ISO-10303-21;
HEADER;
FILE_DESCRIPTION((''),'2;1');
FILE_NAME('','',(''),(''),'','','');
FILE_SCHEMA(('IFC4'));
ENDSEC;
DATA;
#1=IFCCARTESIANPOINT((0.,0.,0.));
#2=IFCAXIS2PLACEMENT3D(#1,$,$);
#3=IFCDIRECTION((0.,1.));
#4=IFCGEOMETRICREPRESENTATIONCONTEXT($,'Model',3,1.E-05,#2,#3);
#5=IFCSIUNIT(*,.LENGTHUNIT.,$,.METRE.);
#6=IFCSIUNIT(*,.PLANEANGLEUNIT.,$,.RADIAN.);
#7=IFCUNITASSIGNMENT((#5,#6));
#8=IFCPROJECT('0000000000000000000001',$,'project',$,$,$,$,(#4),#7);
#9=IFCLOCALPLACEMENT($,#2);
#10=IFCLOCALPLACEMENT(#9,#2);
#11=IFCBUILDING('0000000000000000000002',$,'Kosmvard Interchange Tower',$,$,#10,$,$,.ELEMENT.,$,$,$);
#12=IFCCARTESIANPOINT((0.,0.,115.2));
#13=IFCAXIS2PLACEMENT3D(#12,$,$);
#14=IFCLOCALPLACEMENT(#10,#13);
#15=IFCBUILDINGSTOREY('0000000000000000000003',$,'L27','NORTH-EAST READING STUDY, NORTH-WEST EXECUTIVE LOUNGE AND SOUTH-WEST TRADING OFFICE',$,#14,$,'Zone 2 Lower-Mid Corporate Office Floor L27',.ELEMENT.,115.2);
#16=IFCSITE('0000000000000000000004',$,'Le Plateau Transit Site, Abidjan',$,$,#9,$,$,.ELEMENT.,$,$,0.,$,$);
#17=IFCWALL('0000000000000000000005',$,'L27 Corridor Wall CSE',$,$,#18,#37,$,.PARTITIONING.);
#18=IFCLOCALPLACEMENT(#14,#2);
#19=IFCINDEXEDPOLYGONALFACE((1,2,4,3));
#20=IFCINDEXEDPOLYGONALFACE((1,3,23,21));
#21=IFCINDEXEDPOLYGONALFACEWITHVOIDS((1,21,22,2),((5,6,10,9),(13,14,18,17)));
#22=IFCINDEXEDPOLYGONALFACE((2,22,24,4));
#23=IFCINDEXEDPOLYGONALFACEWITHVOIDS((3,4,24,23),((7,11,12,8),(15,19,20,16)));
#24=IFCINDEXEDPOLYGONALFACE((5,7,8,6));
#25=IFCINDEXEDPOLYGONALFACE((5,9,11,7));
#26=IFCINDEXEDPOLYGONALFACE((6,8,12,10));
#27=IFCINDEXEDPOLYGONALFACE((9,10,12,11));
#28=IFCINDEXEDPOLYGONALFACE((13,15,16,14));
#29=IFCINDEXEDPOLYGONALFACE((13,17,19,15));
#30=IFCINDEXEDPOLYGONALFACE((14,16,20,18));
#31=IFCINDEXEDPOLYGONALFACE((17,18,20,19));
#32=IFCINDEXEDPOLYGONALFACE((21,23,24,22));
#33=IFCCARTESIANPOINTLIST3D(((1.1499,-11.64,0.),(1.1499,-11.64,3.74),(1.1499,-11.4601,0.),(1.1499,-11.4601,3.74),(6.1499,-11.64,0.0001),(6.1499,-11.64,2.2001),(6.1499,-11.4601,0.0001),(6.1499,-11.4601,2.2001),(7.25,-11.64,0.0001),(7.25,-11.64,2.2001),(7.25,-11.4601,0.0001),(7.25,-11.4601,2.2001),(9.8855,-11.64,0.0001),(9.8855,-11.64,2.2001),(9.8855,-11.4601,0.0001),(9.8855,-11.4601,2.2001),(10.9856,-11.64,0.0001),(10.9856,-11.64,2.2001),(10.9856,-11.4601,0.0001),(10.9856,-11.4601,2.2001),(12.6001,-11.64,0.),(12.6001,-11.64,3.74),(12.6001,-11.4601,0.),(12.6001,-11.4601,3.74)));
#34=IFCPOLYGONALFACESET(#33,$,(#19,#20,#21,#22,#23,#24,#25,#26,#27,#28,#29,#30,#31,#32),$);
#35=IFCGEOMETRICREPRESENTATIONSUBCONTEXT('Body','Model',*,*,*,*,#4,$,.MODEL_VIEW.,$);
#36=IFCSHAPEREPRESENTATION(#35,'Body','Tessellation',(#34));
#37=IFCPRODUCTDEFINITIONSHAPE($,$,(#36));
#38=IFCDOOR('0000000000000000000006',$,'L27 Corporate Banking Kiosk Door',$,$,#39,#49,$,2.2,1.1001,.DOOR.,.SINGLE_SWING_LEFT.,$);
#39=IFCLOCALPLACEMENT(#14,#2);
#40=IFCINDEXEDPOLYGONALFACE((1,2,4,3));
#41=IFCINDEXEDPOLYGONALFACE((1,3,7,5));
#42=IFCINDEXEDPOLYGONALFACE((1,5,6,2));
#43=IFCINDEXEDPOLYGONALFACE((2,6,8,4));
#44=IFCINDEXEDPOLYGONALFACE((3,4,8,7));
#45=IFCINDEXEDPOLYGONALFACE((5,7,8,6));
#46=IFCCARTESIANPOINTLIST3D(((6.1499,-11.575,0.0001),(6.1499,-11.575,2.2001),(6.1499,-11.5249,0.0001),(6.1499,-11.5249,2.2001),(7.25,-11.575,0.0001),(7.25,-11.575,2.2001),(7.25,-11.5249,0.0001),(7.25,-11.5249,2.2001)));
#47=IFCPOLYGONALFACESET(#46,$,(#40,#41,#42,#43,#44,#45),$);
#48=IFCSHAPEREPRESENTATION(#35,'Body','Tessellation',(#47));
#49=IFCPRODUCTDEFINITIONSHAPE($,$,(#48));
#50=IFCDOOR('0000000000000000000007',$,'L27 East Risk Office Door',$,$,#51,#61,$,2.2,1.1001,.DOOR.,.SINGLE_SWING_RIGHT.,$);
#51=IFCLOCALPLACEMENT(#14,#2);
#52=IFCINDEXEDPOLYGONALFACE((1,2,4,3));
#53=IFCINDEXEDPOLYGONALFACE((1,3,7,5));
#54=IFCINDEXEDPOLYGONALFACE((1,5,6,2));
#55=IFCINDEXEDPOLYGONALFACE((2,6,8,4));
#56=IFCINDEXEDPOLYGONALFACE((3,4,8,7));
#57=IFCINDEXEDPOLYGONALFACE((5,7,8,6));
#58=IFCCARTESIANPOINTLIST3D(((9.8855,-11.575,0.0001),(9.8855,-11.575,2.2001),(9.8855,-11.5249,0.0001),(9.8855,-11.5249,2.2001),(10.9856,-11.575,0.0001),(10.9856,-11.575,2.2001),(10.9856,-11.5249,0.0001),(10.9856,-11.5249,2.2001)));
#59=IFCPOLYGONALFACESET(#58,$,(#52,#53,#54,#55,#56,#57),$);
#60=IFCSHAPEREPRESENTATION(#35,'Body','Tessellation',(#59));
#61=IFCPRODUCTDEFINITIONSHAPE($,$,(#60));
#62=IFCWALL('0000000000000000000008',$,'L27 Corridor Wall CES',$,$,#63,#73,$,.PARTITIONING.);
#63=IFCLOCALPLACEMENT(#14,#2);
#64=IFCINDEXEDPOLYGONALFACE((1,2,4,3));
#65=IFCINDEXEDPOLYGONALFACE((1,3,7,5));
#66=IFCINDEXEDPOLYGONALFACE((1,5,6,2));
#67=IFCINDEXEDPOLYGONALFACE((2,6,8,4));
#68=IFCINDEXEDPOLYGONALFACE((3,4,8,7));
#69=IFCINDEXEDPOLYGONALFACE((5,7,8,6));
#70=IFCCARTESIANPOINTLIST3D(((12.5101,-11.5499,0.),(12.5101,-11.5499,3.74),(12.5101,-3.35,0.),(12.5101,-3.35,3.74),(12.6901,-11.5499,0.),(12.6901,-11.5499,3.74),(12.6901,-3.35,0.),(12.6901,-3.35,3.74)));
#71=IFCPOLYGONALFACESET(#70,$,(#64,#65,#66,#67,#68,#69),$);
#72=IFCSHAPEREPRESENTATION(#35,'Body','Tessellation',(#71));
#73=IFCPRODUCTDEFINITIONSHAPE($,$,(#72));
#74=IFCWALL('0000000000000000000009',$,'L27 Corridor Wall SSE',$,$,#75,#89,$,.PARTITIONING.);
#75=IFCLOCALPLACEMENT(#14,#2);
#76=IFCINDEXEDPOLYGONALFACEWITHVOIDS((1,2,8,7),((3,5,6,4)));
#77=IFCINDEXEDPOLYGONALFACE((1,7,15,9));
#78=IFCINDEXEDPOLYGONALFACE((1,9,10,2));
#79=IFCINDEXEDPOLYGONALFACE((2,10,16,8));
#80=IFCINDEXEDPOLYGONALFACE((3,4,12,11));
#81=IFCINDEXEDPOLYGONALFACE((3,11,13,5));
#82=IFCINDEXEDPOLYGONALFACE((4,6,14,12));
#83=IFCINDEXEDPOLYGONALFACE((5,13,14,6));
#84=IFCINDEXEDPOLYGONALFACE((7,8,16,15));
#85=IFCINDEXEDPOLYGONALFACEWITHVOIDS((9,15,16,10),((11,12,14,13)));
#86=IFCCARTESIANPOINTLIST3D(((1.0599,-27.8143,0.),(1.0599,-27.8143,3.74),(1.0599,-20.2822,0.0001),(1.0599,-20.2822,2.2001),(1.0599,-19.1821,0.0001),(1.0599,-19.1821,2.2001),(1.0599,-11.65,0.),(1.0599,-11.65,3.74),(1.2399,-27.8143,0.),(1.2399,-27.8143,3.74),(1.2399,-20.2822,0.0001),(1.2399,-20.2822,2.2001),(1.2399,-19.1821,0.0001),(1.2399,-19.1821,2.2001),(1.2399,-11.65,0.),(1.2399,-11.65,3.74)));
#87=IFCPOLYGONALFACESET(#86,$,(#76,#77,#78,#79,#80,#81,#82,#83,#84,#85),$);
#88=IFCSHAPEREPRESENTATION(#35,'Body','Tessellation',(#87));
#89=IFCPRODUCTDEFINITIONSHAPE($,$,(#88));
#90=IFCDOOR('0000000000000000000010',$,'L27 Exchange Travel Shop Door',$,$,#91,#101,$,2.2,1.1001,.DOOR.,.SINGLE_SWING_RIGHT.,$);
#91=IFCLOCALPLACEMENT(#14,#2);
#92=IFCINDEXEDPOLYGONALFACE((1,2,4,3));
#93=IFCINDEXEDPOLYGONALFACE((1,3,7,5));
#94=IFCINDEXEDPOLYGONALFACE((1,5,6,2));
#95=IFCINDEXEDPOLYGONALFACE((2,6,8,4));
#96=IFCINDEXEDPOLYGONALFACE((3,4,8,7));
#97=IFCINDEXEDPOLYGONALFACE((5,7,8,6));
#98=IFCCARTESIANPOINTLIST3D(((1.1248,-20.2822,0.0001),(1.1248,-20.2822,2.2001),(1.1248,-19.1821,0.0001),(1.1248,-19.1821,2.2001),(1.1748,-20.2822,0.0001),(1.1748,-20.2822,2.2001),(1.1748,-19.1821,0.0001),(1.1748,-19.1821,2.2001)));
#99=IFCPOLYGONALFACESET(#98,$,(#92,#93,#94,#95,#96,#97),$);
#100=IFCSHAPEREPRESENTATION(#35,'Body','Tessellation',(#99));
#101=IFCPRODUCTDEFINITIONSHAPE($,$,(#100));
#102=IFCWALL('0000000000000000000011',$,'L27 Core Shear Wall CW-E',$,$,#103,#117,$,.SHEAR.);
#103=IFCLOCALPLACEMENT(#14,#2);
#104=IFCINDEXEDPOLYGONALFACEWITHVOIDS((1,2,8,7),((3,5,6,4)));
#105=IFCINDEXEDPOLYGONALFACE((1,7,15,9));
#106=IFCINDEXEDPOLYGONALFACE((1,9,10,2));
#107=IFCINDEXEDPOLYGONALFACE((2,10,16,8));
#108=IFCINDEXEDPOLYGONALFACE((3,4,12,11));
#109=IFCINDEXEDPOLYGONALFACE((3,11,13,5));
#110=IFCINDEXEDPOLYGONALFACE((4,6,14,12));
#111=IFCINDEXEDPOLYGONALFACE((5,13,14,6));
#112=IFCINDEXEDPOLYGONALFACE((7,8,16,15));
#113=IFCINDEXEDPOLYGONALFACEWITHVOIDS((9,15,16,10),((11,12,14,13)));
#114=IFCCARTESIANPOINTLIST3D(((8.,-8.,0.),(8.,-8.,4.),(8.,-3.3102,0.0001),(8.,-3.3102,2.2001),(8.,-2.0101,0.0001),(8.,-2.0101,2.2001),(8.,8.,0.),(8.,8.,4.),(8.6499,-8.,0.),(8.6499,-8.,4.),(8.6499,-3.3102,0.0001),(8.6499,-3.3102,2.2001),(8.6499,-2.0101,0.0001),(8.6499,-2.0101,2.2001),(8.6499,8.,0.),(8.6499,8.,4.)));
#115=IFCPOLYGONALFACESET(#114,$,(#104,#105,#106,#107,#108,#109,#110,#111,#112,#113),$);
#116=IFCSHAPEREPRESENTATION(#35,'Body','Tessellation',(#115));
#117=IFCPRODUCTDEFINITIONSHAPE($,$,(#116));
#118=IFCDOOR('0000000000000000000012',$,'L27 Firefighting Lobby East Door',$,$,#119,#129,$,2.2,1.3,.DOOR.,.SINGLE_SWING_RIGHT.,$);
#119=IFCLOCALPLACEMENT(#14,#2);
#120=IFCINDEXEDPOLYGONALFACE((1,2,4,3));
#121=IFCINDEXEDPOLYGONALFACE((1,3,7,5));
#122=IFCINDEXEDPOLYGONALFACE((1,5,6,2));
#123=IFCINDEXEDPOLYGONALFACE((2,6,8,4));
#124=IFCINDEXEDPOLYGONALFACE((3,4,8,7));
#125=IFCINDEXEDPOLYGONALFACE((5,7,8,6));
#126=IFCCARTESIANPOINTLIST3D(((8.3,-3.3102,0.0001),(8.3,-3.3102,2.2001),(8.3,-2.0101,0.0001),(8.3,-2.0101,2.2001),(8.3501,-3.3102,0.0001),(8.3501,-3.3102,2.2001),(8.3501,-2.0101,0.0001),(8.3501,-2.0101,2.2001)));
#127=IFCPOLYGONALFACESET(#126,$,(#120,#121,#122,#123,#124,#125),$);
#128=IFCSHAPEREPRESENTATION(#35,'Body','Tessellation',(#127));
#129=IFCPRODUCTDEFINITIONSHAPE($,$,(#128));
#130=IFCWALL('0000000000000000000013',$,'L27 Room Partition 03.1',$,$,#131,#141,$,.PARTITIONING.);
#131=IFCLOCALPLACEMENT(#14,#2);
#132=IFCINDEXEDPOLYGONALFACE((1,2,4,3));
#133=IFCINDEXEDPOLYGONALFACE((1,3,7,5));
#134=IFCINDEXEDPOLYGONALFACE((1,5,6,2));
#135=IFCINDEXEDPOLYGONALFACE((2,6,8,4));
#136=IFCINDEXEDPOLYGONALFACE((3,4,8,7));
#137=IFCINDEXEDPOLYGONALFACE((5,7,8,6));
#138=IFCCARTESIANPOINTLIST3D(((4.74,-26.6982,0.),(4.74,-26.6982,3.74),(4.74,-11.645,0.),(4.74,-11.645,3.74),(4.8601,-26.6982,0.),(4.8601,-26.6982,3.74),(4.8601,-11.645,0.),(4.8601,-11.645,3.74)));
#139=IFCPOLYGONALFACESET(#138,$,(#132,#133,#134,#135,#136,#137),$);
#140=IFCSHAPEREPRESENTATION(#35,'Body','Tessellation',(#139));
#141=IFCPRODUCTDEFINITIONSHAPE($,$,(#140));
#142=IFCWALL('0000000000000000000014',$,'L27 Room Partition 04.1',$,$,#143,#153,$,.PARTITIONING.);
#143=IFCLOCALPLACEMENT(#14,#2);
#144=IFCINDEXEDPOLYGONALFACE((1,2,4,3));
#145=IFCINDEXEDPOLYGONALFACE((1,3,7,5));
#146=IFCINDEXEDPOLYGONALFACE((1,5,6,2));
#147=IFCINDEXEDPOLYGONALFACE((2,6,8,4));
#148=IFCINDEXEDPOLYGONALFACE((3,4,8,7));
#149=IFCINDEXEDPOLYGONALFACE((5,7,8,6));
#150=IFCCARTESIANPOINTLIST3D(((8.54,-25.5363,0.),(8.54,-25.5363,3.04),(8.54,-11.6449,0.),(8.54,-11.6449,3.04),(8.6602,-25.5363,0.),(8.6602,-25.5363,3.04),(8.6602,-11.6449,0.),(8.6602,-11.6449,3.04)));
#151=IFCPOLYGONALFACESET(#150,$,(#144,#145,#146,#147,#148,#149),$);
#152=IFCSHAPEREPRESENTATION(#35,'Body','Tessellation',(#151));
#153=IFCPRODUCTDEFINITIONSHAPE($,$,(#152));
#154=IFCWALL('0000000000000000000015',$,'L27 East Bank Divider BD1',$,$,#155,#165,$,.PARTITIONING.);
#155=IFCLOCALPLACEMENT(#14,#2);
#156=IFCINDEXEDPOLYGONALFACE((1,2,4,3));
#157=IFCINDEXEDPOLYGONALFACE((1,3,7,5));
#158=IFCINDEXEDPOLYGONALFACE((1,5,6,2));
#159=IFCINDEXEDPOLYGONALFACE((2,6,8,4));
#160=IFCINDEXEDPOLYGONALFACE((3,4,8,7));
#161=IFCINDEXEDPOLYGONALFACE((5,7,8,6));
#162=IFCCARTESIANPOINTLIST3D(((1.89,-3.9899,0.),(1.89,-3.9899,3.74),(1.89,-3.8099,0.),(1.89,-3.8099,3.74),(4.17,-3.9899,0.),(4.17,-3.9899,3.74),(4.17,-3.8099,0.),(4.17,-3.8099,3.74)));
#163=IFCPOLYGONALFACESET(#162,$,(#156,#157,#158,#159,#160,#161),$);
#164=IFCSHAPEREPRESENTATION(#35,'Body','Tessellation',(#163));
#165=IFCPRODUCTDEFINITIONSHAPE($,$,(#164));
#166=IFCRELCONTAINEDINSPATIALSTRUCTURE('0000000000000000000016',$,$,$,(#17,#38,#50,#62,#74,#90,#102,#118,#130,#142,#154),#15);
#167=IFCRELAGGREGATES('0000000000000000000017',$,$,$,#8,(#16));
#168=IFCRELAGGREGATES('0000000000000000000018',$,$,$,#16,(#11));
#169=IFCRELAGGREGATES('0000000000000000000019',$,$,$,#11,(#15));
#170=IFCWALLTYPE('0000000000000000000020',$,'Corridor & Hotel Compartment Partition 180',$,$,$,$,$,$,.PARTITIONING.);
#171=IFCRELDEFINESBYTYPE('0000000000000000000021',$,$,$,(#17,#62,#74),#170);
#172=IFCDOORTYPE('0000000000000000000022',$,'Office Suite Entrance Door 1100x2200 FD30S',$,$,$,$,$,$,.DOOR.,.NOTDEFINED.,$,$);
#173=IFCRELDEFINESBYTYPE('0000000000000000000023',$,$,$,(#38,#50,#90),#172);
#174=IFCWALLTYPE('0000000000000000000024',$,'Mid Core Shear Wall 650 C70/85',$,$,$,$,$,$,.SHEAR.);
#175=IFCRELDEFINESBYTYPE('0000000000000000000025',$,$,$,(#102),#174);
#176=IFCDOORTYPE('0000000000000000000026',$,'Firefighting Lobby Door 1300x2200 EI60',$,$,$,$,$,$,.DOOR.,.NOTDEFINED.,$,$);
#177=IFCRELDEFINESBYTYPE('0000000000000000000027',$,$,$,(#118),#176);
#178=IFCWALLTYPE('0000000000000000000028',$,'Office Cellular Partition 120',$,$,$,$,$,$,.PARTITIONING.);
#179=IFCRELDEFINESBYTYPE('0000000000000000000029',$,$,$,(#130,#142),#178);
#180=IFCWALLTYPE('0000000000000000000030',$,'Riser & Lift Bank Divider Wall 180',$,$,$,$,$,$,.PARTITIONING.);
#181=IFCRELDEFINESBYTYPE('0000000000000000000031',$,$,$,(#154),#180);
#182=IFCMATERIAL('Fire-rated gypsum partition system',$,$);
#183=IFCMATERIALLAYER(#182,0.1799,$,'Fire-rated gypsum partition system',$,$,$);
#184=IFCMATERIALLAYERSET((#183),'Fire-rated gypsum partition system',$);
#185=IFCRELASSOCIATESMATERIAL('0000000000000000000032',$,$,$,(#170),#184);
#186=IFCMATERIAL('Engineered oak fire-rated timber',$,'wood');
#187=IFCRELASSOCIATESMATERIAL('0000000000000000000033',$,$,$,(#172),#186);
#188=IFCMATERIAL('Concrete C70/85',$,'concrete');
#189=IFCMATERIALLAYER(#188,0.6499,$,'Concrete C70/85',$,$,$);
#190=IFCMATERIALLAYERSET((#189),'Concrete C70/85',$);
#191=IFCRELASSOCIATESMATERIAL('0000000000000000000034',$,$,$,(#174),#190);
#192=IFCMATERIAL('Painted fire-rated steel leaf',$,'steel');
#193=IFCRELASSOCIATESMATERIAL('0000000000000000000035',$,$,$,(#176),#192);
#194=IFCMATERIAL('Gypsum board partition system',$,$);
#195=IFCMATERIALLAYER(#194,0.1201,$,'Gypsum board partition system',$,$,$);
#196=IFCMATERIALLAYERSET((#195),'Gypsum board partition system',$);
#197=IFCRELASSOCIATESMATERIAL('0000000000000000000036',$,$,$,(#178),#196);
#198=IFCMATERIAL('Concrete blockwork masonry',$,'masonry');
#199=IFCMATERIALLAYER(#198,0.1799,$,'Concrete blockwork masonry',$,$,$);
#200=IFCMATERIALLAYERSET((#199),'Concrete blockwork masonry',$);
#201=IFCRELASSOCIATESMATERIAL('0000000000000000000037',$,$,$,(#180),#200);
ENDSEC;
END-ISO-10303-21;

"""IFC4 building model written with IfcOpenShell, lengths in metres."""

from ifc_helpers import new_model, si_unit, direction, frame, frame_2d, origin, place, context, subcontext, project, spatial, rectangle, extrude, source, transform, mapped, material, layer, layer_set, type_object, element, fill, save


model = new_model("IFC4")

# Units and contexts
model_context = context("Model", 3, precision=1e-05, world=origin(), true_north=direction((0.0, 1.0)))
body_context = subcontext(model_context, "Body", "Model", "MODEL_VIEW")
ifc_project = project(units=[si_unit("LENGTHUNIT", "METRE"), si_unit("PLANEANGLEUNIT", "RADIAN")], contexts=[model_context])

# Site, building, storey
site_placement = place(None, origin())
site = spatial("IfcSite", under=ifc_project, at=site_placement, Name="Le Plateau Transit Site, Abidjan", CompositionType="ELEMENT", RefElevation=0.0)
building_placement = place(site_placement, origin())
building = spatial("IfcBuilding", under=site, at=building_placement, Name="Kosmvard Interchange Tower", CompositionType="ELEMENT")
storey_placement = place(building_placement, frame((0.0, 0.0, 115.2)))
storey = spatial("IfcBuildingStorey", under=building, at=storey_placement, Name="L27", Description="NORTH-EAST READING STUDY, NORTH-WEST EXECUTIVE LOUNGE AND SOUTH-WEST TRADING OFFICE", LongName="Zone 2 Lower-Mid Corporate Office Floor L27", CompositionType="ELEMENT", Elevation=115.2)

# Wall, openings, doors
ifc_material_1 = material(Name="Fire-rated gypsum partition system")
ifc_layer_1 = layer(ifc_material_1, 0.1799, Name="Fire-rated gypsum partition system")
ifc_layer_set_1 = layer_set([ifc_layer_1], Name="Fire-rated gypsum partition system")
wall_type_1 = type_object("IfcWallType", Name="Corridor & Hotel Compartment Partition 180", PredefinedType="PARTITIONING", material=ifc_layer_set_1)
shared_shape_1 = source(origin(), body_context, "Body", "SweptSolid", [
    extrude(rectangle(XDim=1.1001, YDim=2.2, at=frame_2d((0.55, 1.1001))), frame((0.0, 0.0249, 0.0), z_axis=(0.0, -1.0, 0.0), x_axis=(1.0, 0.0, 0.0)), (0.0, 0.0, 1.0), 0.05),
])
wall_1_placement = place(storey_placement, frame((1.1499, -11.55, 0.0), z_axis=(0.0, 0.0, 1.0), x_axis=(1.0, 0.0, 0.0)))
wall_1 = element("IfcWall", 1, at=wall_1_placement, inside=storey, type_object=wall_type_1, Name="L27 Corridor Wall CSE", PredefinedType="PARTITIONING", context=body_context, shape_type="SweptSolid", body=[
    extrude(rectangle(XDim=11.4502, YDim=0.1799, at=frame_2d((5.7251, 0.0))), origin(), (0.0, 0.0, 1.0), 3.74),
])
opening_1_placement = place(wall_1_placement, frame((5.0, 0.0, 0.0)))
opening_1 = element("IfcOpeningElement", 2, at=opening_1_placement, cuts=wall_1, PredefinedType="OPENING", context=body_context, shape_type="SweptSolid", body=[
    extrude(rectangle(XDim=1.1001, YDim=2.2, at=frame_2d((0.55, 1.1001))), frame((0.0, 0.1001, 0.0), z_axis=(0.0, -1.0, 0.0), x_axis=(1.0, 0.0, 0.0)), (0.0, 0.0, 1.0), 0.2),
])
opening_2_placement = place(wall_1_placement, frame((8.7356, 0.0, 0.0)))
opening_2 = element("IfcOpeningElement", 3, at=opening_2_placement, cuts=wall_1, PredefinedType="OPENING", context=body_context, shape_type="SweptSolid", body=[
    extrude(rectangle(XDim=1.1001, YDim=2.2, at=frame_2d((0.55, 1.1001))), frame((0.0, 0.1001, 0.0), z_axis=(0.0, -1.0, 0.0), x_axis=(1.0, 0.0, 0.0)), (0.0, 0.0, 1.0), 0.2),
])
ifc_material_2 = material(Name="Engineered oak fire-rated timber", Category="wood")
door_type_1 = type_object("IfcDoorType", Name="Office Suite Entrance Door 1100x2200 FD30S", OperationType="NOTDEFINED", PredefinedType="DOOR", material=ifc_material_2)
door_1_placement = place(opening_1_placement, frame((1.1001, 0.0, 0.0), z_axis=(0.0, 0.0, 1.0), x_axis=(-1.0, 0.0, 0.0)))
door_1 = element("IfcDoor", 4, at=door_1_placement, inside=storey, type_object=door_type_1, Name="L27 Corporate Banking Kiosk Door", OperationType="SINGLE_SWING_LEFT", OverallHeight=2.2, OverallWidth=1.1001, PredefinedType="DOOR", context=body_context, shape_type="MappedRepresentation", body=[
    mapped(shared_shape_1, transform((0.0, 0.0, 0.0), scale=1.0)),
])
fill(opening_1, door_1)
door_2_placement = place(opening_2_placement, frame((1.1001, 0.0, 0.0), z_axis=(0.0, 0.0, 1.0), x_axis=(-1.0, 0.0, 0.0)))
door_2 = element("IfcDoor", 5, at=door_2_placement, inside=storey, type_object=door_type_1, Name="L27 East Risk Office Door", OperationType="SINGLE_SWING_RIGHT", OverallHeight=2.2, OverallWidth=1.1001, PredefinedType="DOOR", context=body_context, shape_type="MappedRepresentation", body=[
    mapped(shared_shape_1, transform((0.0, 0.0, 0.0), scale=1.0)),
])
fill(opening_2, door_2)

# Wall
wall_2_placement = place(storey_placement, frame((12.6001, -11.55, 0.0), z_axis=(0.0, 0.0, 1.0), x_axis=(0.0, 1.0, 0.0)))
element("IfcWall", 6, at=wall_2_placement, inside=storey, type_object=wall_type_1, Name="L27 Corridor Wall CES", PredefinedType="PARTITIONING", context=body_context, shape_type="SweptSolid", body=[
    extrude(rectangle(XDim=8.2, YDim=0.1799, at=frame_2d((4.1001, 0.0))), origin(), (0.0, 0.0, 1.0), 3.74),
])

# Walls, openings, doors
wall_3_placement = place(storey_placement, frame((1.1499, -27.8142, 0.0), z_axis=(0.0, 0.0, 1.0), x_axis=(0.0, 1.0, 0.0)))
wall_3 = element("IfcWall", 7, at=wall_3_placement, inside=storey, type_object=wall_type_1, Name="L27 Corridor Wall SSE", PredefinedType="PARTITIONING", context=body_context, shape_type="SweptSolid", body=[
    extrude(rectangle(XDim=16.1643, YDim=0.1799, at=frame_2d((8.082, 0.0))), origin(), (0.0, 0.0, 1.0), 3.74),
])
opening_3_placement = place(wall_3_placement, frame((7.532, 0.0, 0.0)))
opening_3 = element("IfcOpeningElement", 8, at=opening_3_placement, cuts=wall_3, PredefinedType="OPENING", context=body_context, shape_type="SweptSolid", body=[
    extrude(rectangle(XDim=1.1001, YDim=2.2, at=frame_2d((0.55, 1.1001))), frame((0.0, 0.1001, 0.0), z_axis=(0.0, -1.0, 0.0), x_axis=(1.0, 0.0, 0.0)), (0.0, 0.0, 1.0), 0.2),
])
door_3_placement = place(opening_3_placement, frame((1.1001, 0.0, 0.0), z_axis=(0.0, 0.0, 1.0), x_axis=(-1.0, 0.0, 0.0)))
door_3 = element("IfcDoor", 9, at=door_3_placement, inside=storey, type_object=door_type_1, Name="L27 Exchange Travel Shop Door", OperationType="SINGLE_SWING_RIGHT", OverallHeight=2.2, OverallWidth=1.1001, PredefinedType="DOOR", context=body_context, shape_type="MappedRepresentation", body=[
    mapped(shared_shape_1, transform((0.0, 0.0, 0.0), scale=1.0)),
])
fill(opening_3, door_3)
ifc_material_3 = material(Name="Concrete C70/85", Category="concrete")
ifc_layer_2 = layer(ifc_material_3, 0.6499, Name="Concrete C70/85")
ifc_layer_set_2 = layer_set([ifc_layer_2], Name="Concrete C70/85")
wall_type_2 = type_object("IfcWallType", Name="Mid Core Shear Wall 650 C70/85", PredefinedType="SHEAR", material=ifc_layer_set_2)
wall_4_placement = place(storey_placement, frame((8.325, -8.0, 0.0), z_axis=(0.0, 0.0, 1.0), x_axis=(0.0, 1.0, 0.0)))
wall_4 = element("IfcWall", 10, at=wall_4_placement, inside=storey, type_object=wall_type_2, Name="L27 Core Shear Wall CW-E", PredefinedType="SHEAR", context=body_context, shape_type="SweptSolid", body=[
    extrude(rectangle(XDim=16.0, YDim=0.6499, at=frame_2d((8.0, 0.0))), origin(), (0.0, 0.0, 1.0), 4.0),
])
opening_4_placement = place(wall_4_placement, frame((4.6899, 0.0, 0.0)))
opening_4 = element("IfcOpeningElement", 11, at=opening_4_placement, cuts=wall_4, PredefinedType="OPENING", context=body_context, shape_type="SweptSolid", body=[
    extrude(rectangle(XDim=1.3, YDim=2.2, at=frame_2d((0.6499, 1.1001))), frame((0.0, 0.335, 0.0), z_axis=(0.0, -1.0, 0.0), x_axis=(1.0, 0.0, 0.0)), (0.0, 0.0, 1.0), 0.6699),
])
ifc_material_4 = material(Name="Painted fire-rated steel leaf", Category="steel")
door_type_2 = type_object("IfcDoorType", Name="Firefighting Lobby Door 1300x2200 EI60", OperationType="NOTDEFINED", PredefinedType="DOOR", material=ifc_material_4)
shared_shape_2 = source(origin(), body_context, "Body", "SweptSolid", [
    extrude(rectangle(XDim=1.3, YDim=2.2, at=frame_2d((0.6499, 1.1001))), frame((0.0, 0.0249, 0.0), z_axis=(0.0, -1.0, 0.0), x_axis=(1.0, 0.0, 0.0)), (0.0, 0.0, 1.0), 0.05),
])
door_4_placement = place(opening_4_placement, origin())
door_4 = element("IfcDoor", 12, at=door_4_placement, inside=storey, type_object=door_type_2, Name="L27 Firefighting Lobby East Door", OperationType="SINGLE_SWING_RIGHT", OverallHeight=2.2, OverallWidth=1.3, PredefinedType="DOOR", context=body_context, shape_type="MappedRepresentation", body=[
    mapped(shared_shape_2, transform((0.0, 0.0, 0.0), scale=1.0)),
])
fill(opening_4, door_4)

# Walls
ifc_material_5 = material(Name="Gypsum board partition system")
ifc_layer_3 = layer(ifc_material_5, 0.1201, Name="Gypsum board partition system")
ifc_layer_set_3 = layer_set([ifc_layer_3], Name="Gypsum board partition system")
wall_type_3 = type_object("IfcWallType", Name="Office Cellular Partition 120", PredefinedType="PARTITIONING", material=ifc_layer_set_3)
wall_5_placement = place(storey_placement, frame((4.8, -26.6982, 0.0), z_axis=(0.0, 0.0, 1.0), x_axis=(0.0, 1.0, 0.0)))
element("IfcWall", 13, at=wall_5_placement, inside=storey, type_object=wall_type_3, Name="L27 Room Partition 03.1", PredefinedType="PARTITIONING", context=body_context, shape_type="SweptSolid", body=[
    extrude(rectangle(XDim=15.0532, YDim=0.1201, at=frame_2d((7.5266, 0.0))), origin(), (0.0, 0.0, 1.0), 3.74),
])
wall_6_placement = place(storey_placement, frame((8.6001, -25.5364, 0.0), z_axis=(0.0, 0.0, 1.0), x_axis=(0.0, 1.0, 0.0)))
element("IfcWall", 14, at=wall_6_placement, inside=storey, type_object=wall_type_3, Name="L27 Room Partition 04.1", PredefinedType="PARTITIONING", context=body_context, shape_type="SweptSolid", body=[
    extrude(rectangle(XDim=13.8914, YDim=0.1201, at=frame_2d((6.9458, 0.0))), origin(), (0.0, 0.0, 1.0), 3.04),
])
ifc_material_6 = material(Name="Concrete blockwork masonry", Category="masonry")
ifc_layer_4 = layer(ifc_material_6, 0.1799, Name="Concrete blockwork masonry")
ifc_layer_set_4 = layer_set([ifc_layer_4], Name="Concrete blockwork masonry")
wall_type_4 = type_object("IfcWallType", Name="Riser & Lift Bank Divider Wall 180", PredefinedType="PARTITIONING", material=ifc_layer_set_4)
wall_7_placement = place(storey_placement, frame((1.8899, -3.8999, 0.0), z_axis=(0.0, 0.0, 1.0), x_axis=(1.0, 0.0, 0.0)))
element("IfcWall", 15, at=wall_7_placement, inside=storey, type_object=wall_type_4, Name="L27 East Bank Divider BD1", PredefinedType="PARTITIONING", context=body_context, shape_type="SweptSolid", body=[
    extrude(rectangle(XDim=2.28, YDim=0.1799, at=frame_2d((1.1401, 0.0))), origin(), (0.0, 0.0, 1.0), 3.74),
])

save(model, "model.ifc")
